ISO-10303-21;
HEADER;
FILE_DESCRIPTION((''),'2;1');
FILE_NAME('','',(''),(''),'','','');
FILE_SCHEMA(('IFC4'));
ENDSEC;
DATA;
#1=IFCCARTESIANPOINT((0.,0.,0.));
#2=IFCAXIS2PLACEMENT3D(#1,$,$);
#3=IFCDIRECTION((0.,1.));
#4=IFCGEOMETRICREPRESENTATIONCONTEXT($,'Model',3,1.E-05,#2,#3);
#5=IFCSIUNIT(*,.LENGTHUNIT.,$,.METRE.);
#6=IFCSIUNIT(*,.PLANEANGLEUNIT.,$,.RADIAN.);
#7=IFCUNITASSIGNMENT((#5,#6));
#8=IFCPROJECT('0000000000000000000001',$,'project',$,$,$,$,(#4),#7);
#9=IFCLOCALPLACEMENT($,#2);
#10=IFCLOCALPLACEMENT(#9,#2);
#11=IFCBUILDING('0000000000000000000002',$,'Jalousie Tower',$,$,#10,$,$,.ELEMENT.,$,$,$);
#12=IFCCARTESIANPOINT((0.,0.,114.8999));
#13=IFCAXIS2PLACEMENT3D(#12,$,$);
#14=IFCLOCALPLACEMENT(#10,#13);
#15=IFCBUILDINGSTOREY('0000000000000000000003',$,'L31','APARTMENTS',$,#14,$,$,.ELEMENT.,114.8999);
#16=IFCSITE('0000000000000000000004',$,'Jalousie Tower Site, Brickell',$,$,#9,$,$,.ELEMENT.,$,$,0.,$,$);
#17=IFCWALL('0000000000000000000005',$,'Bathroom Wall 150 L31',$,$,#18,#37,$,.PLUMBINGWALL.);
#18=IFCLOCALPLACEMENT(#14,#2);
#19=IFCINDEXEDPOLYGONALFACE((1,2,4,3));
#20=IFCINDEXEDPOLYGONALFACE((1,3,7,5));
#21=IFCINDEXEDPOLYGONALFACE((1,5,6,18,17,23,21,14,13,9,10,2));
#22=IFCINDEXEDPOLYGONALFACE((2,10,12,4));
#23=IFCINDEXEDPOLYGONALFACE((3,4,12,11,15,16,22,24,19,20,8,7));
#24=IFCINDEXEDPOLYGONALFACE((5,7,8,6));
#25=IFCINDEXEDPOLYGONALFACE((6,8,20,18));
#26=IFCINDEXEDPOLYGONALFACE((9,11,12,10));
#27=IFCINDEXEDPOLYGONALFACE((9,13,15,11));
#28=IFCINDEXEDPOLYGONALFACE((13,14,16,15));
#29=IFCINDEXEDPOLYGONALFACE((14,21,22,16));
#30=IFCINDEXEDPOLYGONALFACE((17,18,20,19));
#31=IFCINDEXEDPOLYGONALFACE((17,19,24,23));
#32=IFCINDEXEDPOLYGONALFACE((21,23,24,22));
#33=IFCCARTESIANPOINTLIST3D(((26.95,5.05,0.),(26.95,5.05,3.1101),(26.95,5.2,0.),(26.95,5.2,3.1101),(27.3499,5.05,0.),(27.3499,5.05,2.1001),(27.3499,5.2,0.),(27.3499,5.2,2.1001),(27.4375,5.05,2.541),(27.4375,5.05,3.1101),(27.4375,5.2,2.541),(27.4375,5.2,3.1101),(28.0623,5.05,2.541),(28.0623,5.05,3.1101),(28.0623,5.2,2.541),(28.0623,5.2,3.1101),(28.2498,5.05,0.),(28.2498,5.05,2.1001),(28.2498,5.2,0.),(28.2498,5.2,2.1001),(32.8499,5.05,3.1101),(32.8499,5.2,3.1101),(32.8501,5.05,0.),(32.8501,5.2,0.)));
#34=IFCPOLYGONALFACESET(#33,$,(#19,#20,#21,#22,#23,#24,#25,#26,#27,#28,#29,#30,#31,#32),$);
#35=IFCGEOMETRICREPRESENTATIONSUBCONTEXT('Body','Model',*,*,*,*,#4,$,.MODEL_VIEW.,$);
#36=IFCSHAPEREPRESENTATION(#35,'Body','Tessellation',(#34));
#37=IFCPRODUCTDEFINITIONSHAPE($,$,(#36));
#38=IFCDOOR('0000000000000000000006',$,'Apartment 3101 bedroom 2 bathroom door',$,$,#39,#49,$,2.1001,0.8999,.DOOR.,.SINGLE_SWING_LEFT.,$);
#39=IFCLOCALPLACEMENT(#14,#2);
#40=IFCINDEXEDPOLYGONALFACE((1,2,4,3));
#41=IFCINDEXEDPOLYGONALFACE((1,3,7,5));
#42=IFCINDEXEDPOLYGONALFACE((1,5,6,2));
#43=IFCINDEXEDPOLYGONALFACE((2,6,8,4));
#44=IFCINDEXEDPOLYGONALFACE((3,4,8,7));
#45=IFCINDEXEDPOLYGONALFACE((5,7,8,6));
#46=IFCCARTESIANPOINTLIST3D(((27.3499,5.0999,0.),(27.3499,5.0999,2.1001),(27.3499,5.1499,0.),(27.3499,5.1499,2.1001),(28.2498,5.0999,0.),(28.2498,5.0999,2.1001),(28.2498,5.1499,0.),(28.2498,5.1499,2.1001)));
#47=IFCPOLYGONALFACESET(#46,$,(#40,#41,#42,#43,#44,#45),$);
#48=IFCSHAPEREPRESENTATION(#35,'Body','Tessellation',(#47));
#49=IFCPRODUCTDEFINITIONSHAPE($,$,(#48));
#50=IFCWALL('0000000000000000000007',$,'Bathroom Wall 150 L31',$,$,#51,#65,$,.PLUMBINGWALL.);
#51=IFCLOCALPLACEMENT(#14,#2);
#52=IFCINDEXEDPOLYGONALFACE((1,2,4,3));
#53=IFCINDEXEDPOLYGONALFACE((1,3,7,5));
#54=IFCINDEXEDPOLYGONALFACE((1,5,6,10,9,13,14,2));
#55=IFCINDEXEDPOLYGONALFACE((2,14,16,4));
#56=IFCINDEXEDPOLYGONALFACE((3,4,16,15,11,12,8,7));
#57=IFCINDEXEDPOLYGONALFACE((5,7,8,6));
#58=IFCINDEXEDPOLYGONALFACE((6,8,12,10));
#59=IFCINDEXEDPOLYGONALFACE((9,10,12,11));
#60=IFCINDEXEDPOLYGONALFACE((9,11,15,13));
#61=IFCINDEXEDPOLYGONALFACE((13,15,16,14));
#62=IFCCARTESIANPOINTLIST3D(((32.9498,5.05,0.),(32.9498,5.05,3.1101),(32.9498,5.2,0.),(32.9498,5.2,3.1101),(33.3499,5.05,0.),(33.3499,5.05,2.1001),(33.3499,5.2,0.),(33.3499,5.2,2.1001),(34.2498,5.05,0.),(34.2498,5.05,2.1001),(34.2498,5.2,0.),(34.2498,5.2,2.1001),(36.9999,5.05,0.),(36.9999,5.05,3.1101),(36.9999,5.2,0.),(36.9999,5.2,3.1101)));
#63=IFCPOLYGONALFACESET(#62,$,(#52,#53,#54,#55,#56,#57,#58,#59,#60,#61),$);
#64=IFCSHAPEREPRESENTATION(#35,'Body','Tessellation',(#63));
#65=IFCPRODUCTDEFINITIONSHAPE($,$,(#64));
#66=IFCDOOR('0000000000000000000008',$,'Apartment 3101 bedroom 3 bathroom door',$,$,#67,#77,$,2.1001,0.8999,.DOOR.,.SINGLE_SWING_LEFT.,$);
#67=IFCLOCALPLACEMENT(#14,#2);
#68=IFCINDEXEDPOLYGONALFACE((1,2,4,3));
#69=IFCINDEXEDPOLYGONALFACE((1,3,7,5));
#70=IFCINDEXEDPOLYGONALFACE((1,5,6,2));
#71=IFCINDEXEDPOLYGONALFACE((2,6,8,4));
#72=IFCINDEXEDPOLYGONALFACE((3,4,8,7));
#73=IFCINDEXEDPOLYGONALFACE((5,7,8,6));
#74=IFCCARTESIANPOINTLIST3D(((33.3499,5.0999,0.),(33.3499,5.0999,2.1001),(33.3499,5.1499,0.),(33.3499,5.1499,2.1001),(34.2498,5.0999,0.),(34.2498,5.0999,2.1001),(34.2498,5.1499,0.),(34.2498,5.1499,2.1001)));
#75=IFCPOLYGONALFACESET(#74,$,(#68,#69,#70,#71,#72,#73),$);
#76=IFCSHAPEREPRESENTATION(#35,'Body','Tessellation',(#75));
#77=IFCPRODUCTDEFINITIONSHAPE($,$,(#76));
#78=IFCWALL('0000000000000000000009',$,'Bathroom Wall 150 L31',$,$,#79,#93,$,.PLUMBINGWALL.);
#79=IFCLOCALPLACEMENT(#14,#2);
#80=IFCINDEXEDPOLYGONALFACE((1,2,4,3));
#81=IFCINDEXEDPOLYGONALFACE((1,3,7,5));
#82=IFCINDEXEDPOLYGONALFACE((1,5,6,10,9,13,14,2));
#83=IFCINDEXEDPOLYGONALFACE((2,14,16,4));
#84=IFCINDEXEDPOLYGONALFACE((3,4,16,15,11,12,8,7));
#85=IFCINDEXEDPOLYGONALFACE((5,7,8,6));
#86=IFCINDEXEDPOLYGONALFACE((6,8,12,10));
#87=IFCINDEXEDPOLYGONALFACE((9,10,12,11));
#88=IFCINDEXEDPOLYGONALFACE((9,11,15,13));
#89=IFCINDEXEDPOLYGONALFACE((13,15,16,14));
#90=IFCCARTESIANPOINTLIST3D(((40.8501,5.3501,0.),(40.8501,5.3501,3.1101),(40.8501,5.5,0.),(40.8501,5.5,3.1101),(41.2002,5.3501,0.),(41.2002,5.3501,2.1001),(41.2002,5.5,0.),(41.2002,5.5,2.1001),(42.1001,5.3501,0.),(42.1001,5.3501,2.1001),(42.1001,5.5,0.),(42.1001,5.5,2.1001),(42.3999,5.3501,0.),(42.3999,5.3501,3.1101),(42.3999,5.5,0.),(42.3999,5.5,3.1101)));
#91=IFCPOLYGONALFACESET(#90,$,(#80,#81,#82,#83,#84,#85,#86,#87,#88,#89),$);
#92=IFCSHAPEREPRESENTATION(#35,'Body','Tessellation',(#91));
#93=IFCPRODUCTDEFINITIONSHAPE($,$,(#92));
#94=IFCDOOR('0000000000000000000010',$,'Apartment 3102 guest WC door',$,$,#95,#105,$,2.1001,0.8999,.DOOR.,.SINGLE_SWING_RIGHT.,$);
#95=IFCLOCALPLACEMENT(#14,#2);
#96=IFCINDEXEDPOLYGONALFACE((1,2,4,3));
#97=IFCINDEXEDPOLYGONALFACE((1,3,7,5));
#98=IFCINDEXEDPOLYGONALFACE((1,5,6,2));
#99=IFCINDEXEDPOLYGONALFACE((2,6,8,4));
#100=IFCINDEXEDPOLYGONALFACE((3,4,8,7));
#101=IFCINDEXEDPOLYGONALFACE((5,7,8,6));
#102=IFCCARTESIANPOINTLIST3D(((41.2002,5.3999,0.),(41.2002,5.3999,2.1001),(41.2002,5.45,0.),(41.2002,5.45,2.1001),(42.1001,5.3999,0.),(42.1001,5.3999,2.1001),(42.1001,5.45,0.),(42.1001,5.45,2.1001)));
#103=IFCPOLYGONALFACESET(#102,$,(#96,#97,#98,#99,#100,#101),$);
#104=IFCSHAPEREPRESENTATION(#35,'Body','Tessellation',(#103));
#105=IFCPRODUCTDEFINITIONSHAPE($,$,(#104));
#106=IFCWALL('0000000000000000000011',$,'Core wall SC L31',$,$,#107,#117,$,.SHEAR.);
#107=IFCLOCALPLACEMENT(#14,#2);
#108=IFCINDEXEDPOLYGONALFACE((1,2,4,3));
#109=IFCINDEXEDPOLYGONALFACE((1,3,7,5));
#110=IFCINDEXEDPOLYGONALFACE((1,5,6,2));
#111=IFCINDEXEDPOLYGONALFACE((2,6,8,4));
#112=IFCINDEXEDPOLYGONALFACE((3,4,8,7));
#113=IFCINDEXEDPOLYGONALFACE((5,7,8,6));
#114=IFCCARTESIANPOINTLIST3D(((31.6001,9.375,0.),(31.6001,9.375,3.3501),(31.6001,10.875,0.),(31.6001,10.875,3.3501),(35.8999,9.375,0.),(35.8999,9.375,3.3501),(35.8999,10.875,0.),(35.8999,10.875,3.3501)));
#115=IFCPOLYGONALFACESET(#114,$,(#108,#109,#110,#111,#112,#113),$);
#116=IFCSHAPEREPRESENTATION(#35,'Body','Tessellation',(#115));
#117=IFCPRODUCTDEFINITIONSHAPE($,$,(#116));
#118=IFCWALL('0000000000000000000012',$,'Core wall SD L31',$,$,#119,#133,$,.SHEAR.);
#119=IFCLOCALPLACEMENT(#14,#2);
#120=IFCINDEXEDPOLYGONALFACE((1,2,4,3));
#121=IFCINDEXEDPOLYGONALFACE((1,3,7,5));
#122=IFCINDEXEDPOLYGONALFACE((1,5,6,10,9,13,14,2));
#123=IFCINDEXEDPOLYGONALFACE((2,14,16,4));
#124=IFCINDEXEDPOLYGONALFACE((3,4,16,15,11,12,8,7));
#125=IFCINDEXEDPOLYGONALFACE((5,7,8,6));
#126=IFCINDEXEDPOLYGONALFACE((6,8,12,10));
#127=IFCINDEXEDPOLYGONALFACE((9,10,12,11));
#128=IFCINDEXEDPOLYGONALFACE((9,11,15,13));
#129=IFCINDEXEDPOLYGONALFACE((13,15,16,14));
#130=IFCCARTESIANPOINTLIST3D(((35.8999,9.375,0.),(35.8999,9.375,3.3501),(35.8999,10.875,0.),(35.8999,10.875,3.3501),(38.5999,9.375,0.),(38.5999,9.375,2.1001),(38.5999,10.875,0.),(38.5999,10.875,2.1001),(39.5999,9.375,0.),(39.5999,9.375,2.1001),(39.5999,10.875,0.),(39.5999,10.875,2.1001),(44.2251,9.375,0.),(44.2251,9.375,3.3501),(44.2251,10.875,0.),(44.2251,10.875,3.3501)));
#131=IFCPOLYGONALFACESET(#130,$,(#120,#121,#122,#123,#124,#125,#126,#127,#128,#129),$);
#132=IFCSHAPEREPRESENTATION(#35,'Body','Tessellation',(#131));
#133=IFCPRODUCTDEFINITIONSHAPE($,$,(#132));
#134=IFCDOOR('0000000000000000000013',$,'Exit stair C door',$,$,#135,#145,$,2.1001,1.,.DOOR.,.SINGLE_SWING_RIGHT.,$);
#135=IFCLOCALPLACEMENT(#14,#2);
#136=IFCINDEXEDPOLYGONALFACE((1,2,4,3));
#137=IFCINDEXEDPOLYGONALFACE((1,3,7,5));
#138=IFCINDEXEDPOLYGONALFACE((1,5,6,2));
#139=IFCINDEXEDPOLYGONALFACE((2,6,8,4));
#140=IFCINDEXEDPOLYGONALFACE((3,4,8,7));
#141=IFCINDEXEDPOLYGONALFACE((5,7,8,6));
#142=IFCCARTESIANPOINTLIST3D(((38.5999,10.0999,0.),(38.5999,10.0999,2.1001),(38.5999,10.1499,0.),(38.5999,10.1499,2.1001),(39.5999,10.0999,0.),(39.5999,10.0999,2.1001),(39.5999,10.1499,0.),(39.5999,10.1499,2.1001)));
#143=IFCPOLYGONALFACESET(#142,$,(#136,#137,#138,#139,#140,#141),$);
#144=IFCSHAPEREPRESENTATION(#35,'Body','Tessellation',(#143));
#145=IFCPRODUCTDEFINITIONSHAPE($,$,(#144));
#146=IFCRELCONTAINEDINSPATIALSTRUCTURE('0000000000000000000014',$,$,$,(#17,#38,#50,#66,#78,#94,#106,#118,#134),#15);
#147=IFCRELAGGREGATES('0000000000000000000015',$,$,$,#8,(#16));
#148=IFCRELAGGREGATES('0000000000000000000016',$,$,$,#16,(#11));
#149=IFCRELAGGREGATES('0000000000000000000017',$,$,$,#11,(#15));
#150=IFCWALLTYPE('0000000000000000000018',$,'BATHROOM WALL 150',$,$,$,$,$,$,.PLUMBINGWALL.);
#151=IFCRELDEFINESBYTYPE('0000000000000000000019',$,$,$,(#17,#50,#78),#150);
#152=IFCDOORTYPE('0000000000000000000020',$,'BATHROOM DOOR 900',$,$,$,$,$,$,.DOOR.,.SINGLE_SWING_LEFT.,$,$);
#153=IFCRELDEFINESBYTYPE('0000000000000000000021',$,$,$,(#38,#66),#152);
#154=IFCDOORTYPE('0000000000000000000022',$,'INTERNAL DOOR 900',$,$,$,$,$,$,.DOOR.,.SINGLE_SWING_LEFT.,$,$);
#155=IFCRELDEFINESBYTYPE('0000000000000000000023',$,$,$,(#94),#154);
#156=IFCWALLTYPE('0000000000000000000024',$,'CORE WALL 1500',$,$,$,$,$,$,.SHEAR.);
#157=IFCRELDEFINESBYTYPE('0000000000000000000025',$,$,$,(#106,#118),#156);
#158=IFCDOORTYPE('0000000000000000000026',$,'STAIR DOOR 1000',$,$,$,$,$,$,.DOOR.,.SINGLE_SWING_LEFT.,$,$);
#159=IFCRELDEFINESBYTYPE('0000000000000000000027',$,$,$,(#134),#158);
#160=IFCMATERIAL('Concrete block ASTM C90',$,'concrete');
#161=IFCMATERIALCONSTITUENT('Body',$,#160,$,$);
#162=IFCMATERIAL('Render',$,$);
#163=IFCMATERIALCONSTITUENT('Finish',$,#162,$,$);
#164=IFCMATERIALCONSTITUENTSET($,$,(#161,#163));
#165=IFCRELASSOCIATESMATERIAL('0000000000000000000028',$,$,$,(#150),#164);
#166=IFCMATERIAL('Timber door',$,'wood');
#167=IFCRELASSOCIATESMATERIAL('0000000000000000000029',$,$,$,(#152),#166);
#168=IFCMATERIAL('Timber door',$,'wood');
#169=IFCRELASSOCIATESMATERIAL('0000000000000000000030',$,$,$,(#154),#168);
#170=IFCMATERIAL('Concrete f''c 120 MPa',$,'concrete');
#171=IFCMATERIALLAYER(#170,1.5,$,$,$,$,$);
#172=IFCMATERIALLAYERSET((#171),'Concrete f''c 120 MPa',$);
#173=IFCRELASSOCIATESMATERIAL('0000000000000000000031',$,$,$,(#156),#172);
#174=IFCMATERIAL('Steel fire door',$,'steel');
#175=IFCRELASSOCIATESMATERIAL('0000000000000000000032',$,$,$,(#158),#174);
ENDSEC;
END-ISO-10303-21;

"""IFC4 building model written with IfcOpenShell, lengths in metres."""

from ifc_helpers import new_model, si_unit, direction, frame, frame_2d, origin, place, context, subcontext, project, spatial, polyline, rectangle, outline, extrude, material, layer, layer_set, constituent, constituent_set, type_object, element, fill, save


model = new_model("IFC4")

# Units and contexts
model_context = context("Model", 3, precision=1e-05, world=origin(), true_north=direction((0.0, 1.0)))
body_context = subcontext(model_context, "Body", "Model", "MODEL_VIEW")
ifc_project = project(units=[si_unit("LENGTHUNIT", "METRE"), si_unit("PLANEANGLEUNIT", "RADIAN")], contexts=[model_context])

# Site, building, storey
site_placement = place(None, origin())
site = spatial("IfcSite", under=ifc_project, at=site_placement, Name="Jalousie Tower Site, Brickell", CompositionType="ELEMENT", RefElevation=0.0)
building_placement = place(site_placement, origin())
building = spatial("IfcBuilding", under=site, at=building_placement, Name="Jalousie Tower", CompositionType="ELEMENT")
storey_placement = place(building_placement, frame((0.0, 0.0, 114.8999)))
storey = spatial("IfcBuildingStorey", under=building, at=storey_placement, Name="L31", Description="APARTMENTS", CompositionType="ELEMENT", Elevation=114.8999)

# Walls, openings, doors
ifc_material_1 = material(Name="Concrete block ASTM C90", Category="concrete")
ifc_constituent_1 = constituent(ifc_material_1, Name="Body")
ifc_material_2 = material(Name="Render")
ifc_constituent_2 = constituent(ifc_material_2, Name="Finish")
ifc_constituent_set_1 = constituent_set(constituents=[ifc_constituent_1, ifc_constituent_2])
wall_type_1 = type_object("IfcWallType", Name="BATHROOM WALL 150", PredefinedType="PLUMBINGWALL", material=ifc_constituent_set_1)
wall_1_placement = place(storey_placement, frame((26.95, 5.125, 0.0), z_axis=(0.0, 0.0, 1.0), x_axis=(1.0, 0.0, 0.0)))
wall_1 = element("IfcWall", 1, at=wall_1_placement, inside=storey, type_object=wall_type_1, Name="Bathroom Wall 150 L31", PredefinedType="PLUMBINGWALL", context=body_context, shape_type="SweptSolid", body=[
    extrude(outline(polyline([(0.0, 0.0), (5.9001, 0.0), (5.8999, 3.1101), (1.1123, 3.1101), (1.1123, 2.541), (0.4875, 2.541), (0.4875, 3.1101), (0.0, 3.1101), (0.0, 0.0)])), frame((0.0, 0.075, 0.0), z_axis=(0.0, -1.0, 0.0), x_axis=(1.0, 0.0, 0.0)), (0.0, 0.0, 1.0), 0.1499),
])
opening_1_placement = place(wall_1_placement, frame((0.3999, 0.0, 0.0)))
opening_1 = element("IfcOpeningElement", 2, at=opening_1_placement, cuts=wall_1, PredefinedType="OPENING", context=body_context, shape_type="SweptSolid", body=[
    extrude(rectangle(XDim=0.8999, YDim=2.1001, at=frame_2d((0.45, 1.05))), frame((0.0, 0.085, 0.0), z_axis=(0.0, -1.0, 0.0), x_axis=(1.0, 0.0, 0.0)), (0.0, 0.0, 1.0), 0.1699),
])
ifc_material_3 = material(Name="Timber door", Category="wood")
door_type_1 = type_object("IfcDoorType", Name="BATHROOM DOOR 900", OperationType="SINGLE_SWING_LEFT", PredefinedType="DOOR", material=ifc_material_3)
door_1_placement = place(opening_1_placement, origin())
door_1 = element("IfcDoor", 3, at=door_1_placement, inside=storey, type_object=door_type_1, Name="Apartment 3101 bedroom 2 bathroom door", OperationType="SINGLE_SWING_LEFT", OverallHeight=2.1001, OverallWidth=0.8999, PredefinedType="DOOR", context=body_context, shape_type="SweptSolid", body=[
    extrude(rectangle(XDim=0.8999, YDim=2.1001, at=frame_2d((0.45, 1.05))), frame((0.0, 0.0249, 0.0), z_axis=(0.0, -1.0, 0.0), x_axis=(1.0, 0.0, 0.0)), (0.0, 0.0, 1.0), 0.05),
])
fill(opening_1, door_1)
wall_2_placement = place(storey_placement, frame((32.95, 5.125, 0.0), z_axis=(0.0, 0.0, 1.0), x_axis=(1.0, 0.0, 0.0)))
wall_2 = element("IfcWall", 4, at=wall_2_placement, inside=storey, type_object=wall_type_1, Name="Bathroom Wall 150 L31", PredefinedType="PLUMBINGWALL", context=body_context, shape_type="SweptSolid", body=[
    extrude(rectangle(XDim=4.05, YDim=0.1499, at=frame_2d((2.0249, 0.0))), origin(), (0.0, 0.0, 1.0), 3.1101),
])
opening_2_placement = place(wall_2_placement, frame((0.3999, 0.0, 0.0)))
opening_2 = element("IfcOpeningElement", 5, at=opening_2_placement, cuts=wall_2, PredefinedType="OPENING", context=body_context, shape_type="SweptSolid", body=[
    extrude(rectangle(XDim=0.8999, YDim=2.1001, at=frame_2d((0.45, 1.05))), frame((0.0, 0.085, 0.0), z_axis=(0.0, -1.0, 0.0), x_axis=(1.0, 0.0, 0.0)), (0.0, 0.0, 1.0), 0.1699),
])
door_2_placement = place(opening_2_placement, origin())
door_2 = element("IfcDoor", 6, at=door_2_placement, inside=storey, type_object=door_type_1, Name="Apartment 3101 bedroom 3 bathroom door", OperationType="SINGLE_SWING_LEFT", OverallHeight=2.1001, OverallWidth=0.8999, PredefinedType="DOOR", context=body_context, shape_type="SweptSolid", body=[
    extrude(rectangle(XDim=0.8999, YDim=2.1001, at=frame_2d((0.45, 1.05))), frame((0.0, 0.0249, 0.0), z_axis=(0.0, -1.0, 0.0), x_axis=(1.0, 0.0, 0.0)), (0.0, 0.0, 1.0), 0.05),
])
fill(opening_2, door_2)
wall_3_placement = place(storey_placement, frame((40.8501, 5.425, 0.0), z_axis=(0.0, 0.0, 1.0), x_axis=(1.0, 0.0, 0.0)))
wall_3 = element("IfcWall", 7, at=wall_3_placement, inside=storey, type_object=wall_type_1, Name="Bathroom Wall 150 L31", PredefinedType="PLUMBINGWALL", context=body_context, shape_type="SweptSolid", body=[
    extrude(rectangle(XDim=1.5498, YDim=0.1499, at=frame_2d((0.7749, 0.0))), origin(), (0.0, 0.0, 1.0), 3.1101),
])
opening_3_placement = place(wall_3_placement, frame((0.3501, 0.0, 0.0)))
opening_3 = element("IfcOpeningElement", 8, at=opening_3_placement, cuts=wall_3, PredefinedType="OPENING", context=body_context, shape_type="SweptSolid", body=[
    extrude(rectangle(XDim=0.8999, YDim=2.1001, at=frame_2d((0.45, 1.05))), frame((0.0, 0.085, 0.0), z_axis=(0.0, -1.0, 0.0), x_axis=(1.0, 0.0, 0.0)), (0.0, 0.0, 1.0), 0.1699),
])
ifc_material_4 = material(Name="Timber door", Category="wood")
door_type_2 = type_object("IfcDoorType", Name="INTERNAL DOOR 900", OperationType="SINGLE_SWING_LEFT", PredefinedType="DOOR", material=ifc_material_4)
door_3_placement = place(opening_3_placement, origin())
door_3 = element("IfcDoor", 9, at=door_3_placement, inside=storey, type_object=door_type_2, Name="Apartment 3102 guest WC door", OperationType="SINGLE_SWING_RIGHT", OverallHeight=2.1001, OverallWidth=0.8999, PredefinedType="DOOR", context=body_context, shape_type="SweptSolid", body=[
    extrude(rectangle(XDim=0.8999, YDim=2.1001, at=frame_2d((0.45, 1.05))), frame((0.0, 0.0249, 0.0), z_axis=(0.0, -1.0, 0.0), x_axis=(1.0, 0.0, 0.0)), (0.0, 0.0, 1.0), 0.05),
])
fill(opening_3, door_3)

# Wall
ifc_material_5 = material(Name="Concrete f'c 120 MPa", Category="concrete")
ifc_layer_1 = layer(ifc_material_5, 1.5)
ifc_layer_set_1 = layer_set([ifc_layer_1], Name="Concrete f'c 120 MPa")
wall_type_2 = type_object("IfcWallType", Name="CORE WALL 1500", PredefinedType="SHEAR", material=ifc_layer_set_1)
wall_4_placement = place(storey_placement, frame((31.6001, 10.125, 0.0), z_axis=(0.0, 0.0, 1.0), x_axis=(1.0, 0.0, 0.0)))
element("IfcWall", 10, at=wall_4_placement, inside=storey, type_object=wall_type_2, Name="Core wall SC L31", PredefinedType="SHEAR", context=body_context, shape_type="SweptSolid", body=[
    extrude(rectangle(XDim=4.2998, YDim=1.5, at=frame_2d((2.1499, 0.0))), origin(), (0.0, 0.0, 1.0), 3.3501),
])

# Wall, opening, door
wall_5_placement = place(storey_placement, frame((35.8999, 10.125, 0.0), z_axis=(0.0, 0.0, 1.0), x_axis=(1.0, 0.0, 0.0)))
wall_5 = element("IfcWall", 11, at=wall_5_placement, inside=storey, type_object=wall_type_2, Name="Core wall SD L31", PredefinedType="SHEAR", context=body_context, shape_type="SweptSolid", body=[
    extrude(rectangle(XDim=8.3252, YDim=1.5, at=frame_2d((4.1626, 0.0))), origin(), (0.0, 0.0, 1.0), 3.3501),
])
opening_4_placement = place(wall_5_placement, frame((2.7, 0.0, 0.0)))
opening_4 = element("IfcOpeningElement", 12, at=opening_4_placement, cuts=wall_5, PredefinedType="OPENING", context=body_context, shape_type="SweptSolid", body=[
    extrude(rectangle(XDim=1.0, YDim=2.1001, at=frame_2d((0.5, 1.05))), frame((0.0, 0.76, 0.0), z_axis=(0.0, -1.0, 0.0), x_axis=(1.0, 0.0, 0.0)), (0.0, 0.0, 1.0), 1.52),
])
ifc_material_6 = material(Name="Steel fire door", Category="steel")
door_type_3 = type_object("IfcDoorType", Name="STAIR DOOR 1000", OperationType="SINGLE_SWING_LEFT", PredefinedType="DOOR", material=ifc_material_6)
door_4_placement = place(opening_4_placement, origin())
door_4 = element("IfcDoor", 13, at=door_4_placement, inside=storey, type_object=door_type_3, Name="Exit stair C door", OperationType="SINGLE_SWING_RIGHT", OverallHeight=2.1001, OverallWidth=1.0, PredefinedType="DOOR", context=body_context, shape_type="SweptSolid", body=[
    extrude(rectangle(XDim=1.0, YDim=2.1001, at=frame_2d((0.5, 1.05))), frame((0.0, 0.0249, 0.0), z_axis=(0.0, -1.0, 0.0), x_axis=(1.0, 0.0, 0.0)), (0.0, 0.0, 1.0), 0.05),
])
fill(opening_4, door_4)

save(model, "model.ifc")
